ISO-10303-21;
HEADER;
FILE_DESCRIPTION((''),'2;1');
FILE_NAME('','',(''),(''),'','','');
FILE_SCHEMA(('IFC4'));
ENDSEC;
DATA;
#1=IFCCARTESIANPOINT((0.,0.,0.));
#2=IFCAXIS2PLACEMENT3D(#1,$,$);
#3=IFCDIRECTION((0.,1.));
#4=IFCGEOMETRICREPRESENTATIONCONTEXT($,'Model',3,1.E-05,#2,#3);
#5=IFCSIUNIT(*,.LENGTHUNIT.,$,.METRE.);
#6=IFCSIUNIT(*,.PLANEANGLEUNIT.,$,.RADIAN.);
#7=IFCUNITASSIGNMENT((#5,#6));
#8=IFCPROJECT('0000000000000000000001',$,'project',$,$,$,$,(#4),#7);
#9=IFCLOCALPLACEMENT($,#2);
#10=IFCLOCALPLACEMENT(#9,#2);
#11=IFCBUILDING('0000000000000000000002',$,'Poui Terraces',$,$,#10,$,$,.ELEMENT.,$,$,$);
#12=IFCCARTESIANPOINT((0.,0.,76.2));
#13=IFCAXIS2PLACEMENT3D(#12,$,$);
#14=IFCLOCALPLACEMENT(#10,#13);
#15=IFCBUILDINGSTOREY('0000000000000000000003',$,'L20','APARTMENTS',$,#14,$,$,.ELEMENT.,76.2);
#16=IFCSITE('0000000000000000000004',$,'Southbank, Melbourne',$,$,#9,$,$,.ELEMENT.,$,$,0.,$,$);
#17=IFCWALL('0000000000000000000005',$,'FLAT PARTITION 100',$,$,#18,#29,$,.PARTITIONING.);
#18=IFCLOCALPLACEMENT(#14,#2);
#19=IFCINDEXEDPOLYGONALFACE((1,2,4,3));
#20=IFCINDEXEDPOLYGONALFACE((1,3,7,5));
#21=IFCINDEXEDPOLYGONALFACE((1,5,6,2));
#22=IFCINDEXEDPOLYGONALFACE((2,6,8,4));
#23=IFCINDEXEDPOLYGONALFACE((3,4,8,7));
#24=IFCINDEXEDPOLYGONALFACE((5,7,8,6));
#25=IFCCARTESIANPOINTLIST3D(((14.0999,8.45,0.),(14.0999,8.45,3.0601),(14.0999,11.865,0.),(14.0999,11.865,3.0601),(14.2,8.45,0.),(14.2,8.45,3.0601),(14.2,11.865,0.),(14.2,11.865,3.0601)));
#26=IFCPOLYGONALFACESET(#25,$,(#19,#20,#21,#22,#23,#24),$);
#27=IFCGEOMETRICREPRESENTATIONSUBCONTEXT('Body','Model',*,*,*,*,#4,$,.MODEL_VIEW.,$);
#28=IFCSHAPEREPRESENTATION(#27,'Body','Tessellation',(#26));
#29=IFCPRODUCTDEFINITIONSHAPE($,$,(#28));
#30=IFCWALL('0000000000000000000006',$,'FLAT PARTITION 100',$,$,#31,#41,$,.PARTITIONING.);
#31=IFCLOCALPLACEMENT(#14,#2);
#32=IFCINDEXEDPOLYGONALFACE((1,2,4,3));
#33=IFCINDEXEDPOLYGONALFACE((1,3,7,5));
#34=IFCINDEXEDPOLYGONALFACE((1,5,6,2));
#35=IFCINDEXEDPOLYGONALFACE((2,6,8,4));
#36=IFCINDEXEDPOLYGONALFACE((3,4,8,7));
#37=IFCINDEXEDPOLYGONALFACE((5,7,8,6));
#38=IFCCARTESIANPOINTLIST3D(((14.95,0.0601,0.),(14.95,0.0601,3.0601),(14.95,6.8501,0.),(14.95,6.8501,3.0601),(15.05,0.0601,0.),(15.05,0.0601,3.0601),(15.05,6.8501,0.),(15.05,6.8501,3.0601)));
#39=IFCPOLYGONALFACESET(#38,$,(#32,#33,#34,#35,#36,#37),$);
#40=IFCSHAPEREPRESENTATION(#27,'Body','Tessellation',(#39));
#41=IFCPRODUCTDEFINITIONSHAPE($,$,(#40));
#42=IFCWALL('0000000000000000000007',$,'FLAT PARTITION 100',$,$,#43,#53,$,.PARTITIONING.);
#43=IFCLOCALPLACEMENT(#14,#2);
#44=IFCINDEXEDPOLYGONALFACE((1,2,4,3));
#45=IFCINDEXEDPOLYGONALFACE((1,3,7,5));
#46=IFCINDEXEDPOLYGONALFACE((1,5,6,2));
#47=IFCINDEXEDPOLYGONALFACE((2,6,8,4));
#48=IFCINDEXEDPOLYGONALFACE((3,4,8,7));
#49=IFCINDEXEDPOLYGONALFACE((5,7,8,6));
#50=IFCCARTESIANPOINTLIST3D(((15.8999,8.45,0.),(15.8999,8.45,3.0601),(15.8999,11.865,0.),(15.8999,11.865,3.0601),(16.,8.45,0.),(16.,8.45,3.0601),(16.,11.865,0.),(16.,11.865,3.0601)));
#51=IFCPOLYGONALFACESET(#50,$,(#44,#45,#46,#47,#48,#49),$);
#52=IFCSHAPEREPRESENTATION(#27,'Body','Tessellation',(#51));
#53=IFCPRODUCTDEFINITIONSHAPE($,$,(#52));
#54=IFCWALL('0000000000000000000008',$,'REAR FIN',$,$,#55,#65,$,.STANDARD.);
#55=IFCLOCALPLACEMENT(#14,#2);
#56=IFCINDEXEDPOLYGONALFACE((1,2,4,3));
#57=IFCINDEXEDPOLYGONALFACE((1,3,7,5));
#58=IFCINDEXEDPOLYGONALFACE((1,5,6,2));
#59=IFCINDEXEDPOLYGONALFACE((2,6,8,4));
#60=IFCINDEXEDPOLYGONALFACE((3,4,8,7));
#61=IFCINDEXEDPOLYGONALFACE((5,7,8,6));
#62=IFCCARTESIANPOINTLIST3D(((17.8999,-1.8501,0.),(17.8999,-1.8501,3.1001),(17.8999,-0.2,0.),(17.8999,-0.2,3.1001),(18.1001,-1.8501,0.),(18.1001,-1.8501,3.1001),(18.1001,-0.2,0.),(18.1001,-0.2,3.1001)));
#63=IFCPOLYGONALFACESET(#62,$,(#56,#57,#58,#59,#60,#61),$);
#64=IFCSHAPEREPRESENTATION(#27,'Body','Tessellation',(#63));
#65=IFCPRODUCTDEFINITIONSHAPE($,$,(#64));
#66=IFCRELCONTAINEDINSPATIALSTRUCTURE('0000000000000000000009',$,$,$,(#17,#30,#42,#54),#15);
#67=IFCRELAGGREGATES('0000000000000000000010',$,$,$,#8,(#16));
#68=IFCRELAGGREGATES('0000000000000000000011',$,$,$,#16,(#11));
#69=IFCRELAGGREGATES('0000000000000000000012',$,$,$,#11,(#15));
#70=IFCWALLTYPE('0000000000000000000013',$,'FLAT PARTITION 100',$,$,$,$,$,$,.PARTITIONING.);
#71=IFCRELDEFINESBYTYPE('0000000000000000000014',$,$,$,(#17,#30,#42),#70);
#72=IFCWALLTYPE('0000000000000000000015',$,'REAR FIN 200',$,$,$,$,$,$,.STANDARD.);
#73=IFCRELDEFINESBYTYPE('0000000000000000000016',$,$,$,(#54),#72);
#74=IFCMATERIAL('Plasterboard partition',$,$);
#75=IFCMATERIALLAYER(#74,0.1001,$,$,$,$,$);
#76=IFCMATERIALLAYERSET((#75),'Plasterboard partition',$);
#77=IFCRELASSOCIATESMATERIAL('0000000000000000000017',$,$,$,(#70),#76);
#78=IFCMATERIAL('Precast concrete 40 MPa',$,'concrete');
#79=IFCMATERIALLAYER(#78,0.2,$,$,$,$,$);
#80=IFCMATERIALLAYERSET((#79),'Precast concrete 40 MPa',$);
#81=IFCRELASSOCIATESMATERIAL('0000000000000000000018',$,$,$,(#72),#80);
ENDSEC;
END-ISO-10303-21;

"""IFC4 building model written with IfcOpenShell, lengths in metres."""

from ifc_helpers import new_model, si_unit, direction, frame, frame_2d, origin, place, context, subcontext, project, spatial, polyline, rectangle, outline, extrude, source, transform, mapped, material, layer, layer_set, type_object, element, save


model = new_model("IFC4")

# Units and contexts
model_context = context("Model", 3, precision=1e-05, world=origin(), true_north=direction((0.0, 1.0)))
body_context = subcontext(model_context, "Body", "Model", "MODEL_VIEW")
ifc_project = project(units=[si_unit("LENGTHUNIT", "METRE"), si_unit("PLANEANGLEUNIT", "RADIAN")], contexts=[model_context])

# Site, building, storey
site_placement = place(None, origin())
site = spatial("IfcSite", under=ifc_project, at=site_placement, Name="Southbank, Melbourne", CompositionType="ELEMENT", RefElevation=0.0)
building_placement = place(site_placement, origin())
building = spatial("IfcBuilding", under=site, at=building_placement, Name="Poui Terraces", CompositionType="ELEMENT")
storey_placement = place(building_placement, frame((0.0, 0.0, 76.2)))
storey = spatial("IfcBuildingStorey", under=building, at=storey_placement, Name="L20", Description="APARTMENTS", CompositionType="ELEMENT", Elevation=76.2)

# Shared definitions
ifc_material_1 = material(Name="Plasterboard partition")
ifc_layer_1 = layer(ifc_material_1, 0.1001)
ifc_layer_set_1 = layer_set([ifc_layer_1], Name="Plasterboard partition")
wall_type_1 = type_object("IfcWallType", Name="FLAT PARTITION 100", PredefinedType="PARTITIONING", material=ifc_layer_set_1)

# Walls
wall_1_placement = place(storey_placement, frame((14.1499, 8.45, 0.0), z_axis=(0.0, 0.0, 1.0), x_axis=(0.0, 1.0, 0.0)))
element("IfcWall", 1, at=wall_1_placement, inside=storey, type_object=wall_type_1, Name="FLAT PARTITION 100", PredefinedType="PARTITIONING", context=body_context, shape_type="SweptSolid", body=[
    extrude(rectangle(XDim=3.415, YDim=0.1001, at=frame_2d((1.7075, 0.0))), origin(), (0.0, 0.0, 1.0), 3.0601),
])
wall_2_placement = place(storey_placement, frame((15.0, 0.0601, 0.0), z_axis=(0.0, 0.0, 1.0), x_axis=(0.0, 1.0, 0.0)))
element("IfcWall", 2, at=wall_2_placement, inside=storey, type_object=wall_type_1, Name="FLAT PARTITION 100", PredefinedType="PARTITIONING", context=body_context, shape_type="SweptSolid", body=[
    extrude(rectangle(XDim=6.79, YDim=0.1001, at=frame_2d((3.395, 0.0))), origin(), (0.0, 0.0, 1.0), 3.0601),
])
wall_3_placement = place(storey_placement, frame((15.95, 8.45, 0.0), z_axis=(0.0, 0.0, 1.0), x_axis=(0.0, 1.0, 0.0)))
element("IfcWall", 3, at=wall_3_placement, inside=storey, type_object=wall_type_1, Name="FLAT PARTITION 100", PredefinedType="PARTITIONING", context=body_context, shape_type="SweptSolid", body=[
    extrude(rectangle(XDim=3.415, YDim=0.1001, at=frame_2d((1.7075, 0.0))), origin(), (0.0, 0.0, 1.0), 3.0601),
])
ifc_material_2 = material(Name="Precast concrete 40 MPa", Category="concrete")
ifc_layer_2 = layer(ifc_material_2, 0.2)
ifc_layer_set_2 = layer_set([ifc_layer_2], Name="Precast concrete 40 MPa")
wall_type_2 = type_object("IfcWallType", Name="REAR FIN 200", PredefinedType="STANDARD", material=ifc_layer_set_2)
shared_shape_1 = source(origin(), body_context, "Body", "SweptSolid", [
    extrude(outline(polyline([(0.0, 0.0), (0.2002, 0.0), (0.2002, 1.6501), (0.0, 1.6501), (0.0, 0.0)])), origin(), (0.0, 0.0, 1.0), 3.1001),
])
wall_4_placement = place(storey_placement, frame((17.8999, -1.8501, 0.0)))
element("IfcWall", 4, at=wall_4_placement, inside=storey, type_object=wall_type_2, Name="REAR FIN", PredefinedType="STANDARD", context=body_context, shape_type="MappedRepresentation", body=[
    mapped(shared_shape_1, transform((0.0, 0.0, 0.0))),
])

save(model, "model.ifc")
